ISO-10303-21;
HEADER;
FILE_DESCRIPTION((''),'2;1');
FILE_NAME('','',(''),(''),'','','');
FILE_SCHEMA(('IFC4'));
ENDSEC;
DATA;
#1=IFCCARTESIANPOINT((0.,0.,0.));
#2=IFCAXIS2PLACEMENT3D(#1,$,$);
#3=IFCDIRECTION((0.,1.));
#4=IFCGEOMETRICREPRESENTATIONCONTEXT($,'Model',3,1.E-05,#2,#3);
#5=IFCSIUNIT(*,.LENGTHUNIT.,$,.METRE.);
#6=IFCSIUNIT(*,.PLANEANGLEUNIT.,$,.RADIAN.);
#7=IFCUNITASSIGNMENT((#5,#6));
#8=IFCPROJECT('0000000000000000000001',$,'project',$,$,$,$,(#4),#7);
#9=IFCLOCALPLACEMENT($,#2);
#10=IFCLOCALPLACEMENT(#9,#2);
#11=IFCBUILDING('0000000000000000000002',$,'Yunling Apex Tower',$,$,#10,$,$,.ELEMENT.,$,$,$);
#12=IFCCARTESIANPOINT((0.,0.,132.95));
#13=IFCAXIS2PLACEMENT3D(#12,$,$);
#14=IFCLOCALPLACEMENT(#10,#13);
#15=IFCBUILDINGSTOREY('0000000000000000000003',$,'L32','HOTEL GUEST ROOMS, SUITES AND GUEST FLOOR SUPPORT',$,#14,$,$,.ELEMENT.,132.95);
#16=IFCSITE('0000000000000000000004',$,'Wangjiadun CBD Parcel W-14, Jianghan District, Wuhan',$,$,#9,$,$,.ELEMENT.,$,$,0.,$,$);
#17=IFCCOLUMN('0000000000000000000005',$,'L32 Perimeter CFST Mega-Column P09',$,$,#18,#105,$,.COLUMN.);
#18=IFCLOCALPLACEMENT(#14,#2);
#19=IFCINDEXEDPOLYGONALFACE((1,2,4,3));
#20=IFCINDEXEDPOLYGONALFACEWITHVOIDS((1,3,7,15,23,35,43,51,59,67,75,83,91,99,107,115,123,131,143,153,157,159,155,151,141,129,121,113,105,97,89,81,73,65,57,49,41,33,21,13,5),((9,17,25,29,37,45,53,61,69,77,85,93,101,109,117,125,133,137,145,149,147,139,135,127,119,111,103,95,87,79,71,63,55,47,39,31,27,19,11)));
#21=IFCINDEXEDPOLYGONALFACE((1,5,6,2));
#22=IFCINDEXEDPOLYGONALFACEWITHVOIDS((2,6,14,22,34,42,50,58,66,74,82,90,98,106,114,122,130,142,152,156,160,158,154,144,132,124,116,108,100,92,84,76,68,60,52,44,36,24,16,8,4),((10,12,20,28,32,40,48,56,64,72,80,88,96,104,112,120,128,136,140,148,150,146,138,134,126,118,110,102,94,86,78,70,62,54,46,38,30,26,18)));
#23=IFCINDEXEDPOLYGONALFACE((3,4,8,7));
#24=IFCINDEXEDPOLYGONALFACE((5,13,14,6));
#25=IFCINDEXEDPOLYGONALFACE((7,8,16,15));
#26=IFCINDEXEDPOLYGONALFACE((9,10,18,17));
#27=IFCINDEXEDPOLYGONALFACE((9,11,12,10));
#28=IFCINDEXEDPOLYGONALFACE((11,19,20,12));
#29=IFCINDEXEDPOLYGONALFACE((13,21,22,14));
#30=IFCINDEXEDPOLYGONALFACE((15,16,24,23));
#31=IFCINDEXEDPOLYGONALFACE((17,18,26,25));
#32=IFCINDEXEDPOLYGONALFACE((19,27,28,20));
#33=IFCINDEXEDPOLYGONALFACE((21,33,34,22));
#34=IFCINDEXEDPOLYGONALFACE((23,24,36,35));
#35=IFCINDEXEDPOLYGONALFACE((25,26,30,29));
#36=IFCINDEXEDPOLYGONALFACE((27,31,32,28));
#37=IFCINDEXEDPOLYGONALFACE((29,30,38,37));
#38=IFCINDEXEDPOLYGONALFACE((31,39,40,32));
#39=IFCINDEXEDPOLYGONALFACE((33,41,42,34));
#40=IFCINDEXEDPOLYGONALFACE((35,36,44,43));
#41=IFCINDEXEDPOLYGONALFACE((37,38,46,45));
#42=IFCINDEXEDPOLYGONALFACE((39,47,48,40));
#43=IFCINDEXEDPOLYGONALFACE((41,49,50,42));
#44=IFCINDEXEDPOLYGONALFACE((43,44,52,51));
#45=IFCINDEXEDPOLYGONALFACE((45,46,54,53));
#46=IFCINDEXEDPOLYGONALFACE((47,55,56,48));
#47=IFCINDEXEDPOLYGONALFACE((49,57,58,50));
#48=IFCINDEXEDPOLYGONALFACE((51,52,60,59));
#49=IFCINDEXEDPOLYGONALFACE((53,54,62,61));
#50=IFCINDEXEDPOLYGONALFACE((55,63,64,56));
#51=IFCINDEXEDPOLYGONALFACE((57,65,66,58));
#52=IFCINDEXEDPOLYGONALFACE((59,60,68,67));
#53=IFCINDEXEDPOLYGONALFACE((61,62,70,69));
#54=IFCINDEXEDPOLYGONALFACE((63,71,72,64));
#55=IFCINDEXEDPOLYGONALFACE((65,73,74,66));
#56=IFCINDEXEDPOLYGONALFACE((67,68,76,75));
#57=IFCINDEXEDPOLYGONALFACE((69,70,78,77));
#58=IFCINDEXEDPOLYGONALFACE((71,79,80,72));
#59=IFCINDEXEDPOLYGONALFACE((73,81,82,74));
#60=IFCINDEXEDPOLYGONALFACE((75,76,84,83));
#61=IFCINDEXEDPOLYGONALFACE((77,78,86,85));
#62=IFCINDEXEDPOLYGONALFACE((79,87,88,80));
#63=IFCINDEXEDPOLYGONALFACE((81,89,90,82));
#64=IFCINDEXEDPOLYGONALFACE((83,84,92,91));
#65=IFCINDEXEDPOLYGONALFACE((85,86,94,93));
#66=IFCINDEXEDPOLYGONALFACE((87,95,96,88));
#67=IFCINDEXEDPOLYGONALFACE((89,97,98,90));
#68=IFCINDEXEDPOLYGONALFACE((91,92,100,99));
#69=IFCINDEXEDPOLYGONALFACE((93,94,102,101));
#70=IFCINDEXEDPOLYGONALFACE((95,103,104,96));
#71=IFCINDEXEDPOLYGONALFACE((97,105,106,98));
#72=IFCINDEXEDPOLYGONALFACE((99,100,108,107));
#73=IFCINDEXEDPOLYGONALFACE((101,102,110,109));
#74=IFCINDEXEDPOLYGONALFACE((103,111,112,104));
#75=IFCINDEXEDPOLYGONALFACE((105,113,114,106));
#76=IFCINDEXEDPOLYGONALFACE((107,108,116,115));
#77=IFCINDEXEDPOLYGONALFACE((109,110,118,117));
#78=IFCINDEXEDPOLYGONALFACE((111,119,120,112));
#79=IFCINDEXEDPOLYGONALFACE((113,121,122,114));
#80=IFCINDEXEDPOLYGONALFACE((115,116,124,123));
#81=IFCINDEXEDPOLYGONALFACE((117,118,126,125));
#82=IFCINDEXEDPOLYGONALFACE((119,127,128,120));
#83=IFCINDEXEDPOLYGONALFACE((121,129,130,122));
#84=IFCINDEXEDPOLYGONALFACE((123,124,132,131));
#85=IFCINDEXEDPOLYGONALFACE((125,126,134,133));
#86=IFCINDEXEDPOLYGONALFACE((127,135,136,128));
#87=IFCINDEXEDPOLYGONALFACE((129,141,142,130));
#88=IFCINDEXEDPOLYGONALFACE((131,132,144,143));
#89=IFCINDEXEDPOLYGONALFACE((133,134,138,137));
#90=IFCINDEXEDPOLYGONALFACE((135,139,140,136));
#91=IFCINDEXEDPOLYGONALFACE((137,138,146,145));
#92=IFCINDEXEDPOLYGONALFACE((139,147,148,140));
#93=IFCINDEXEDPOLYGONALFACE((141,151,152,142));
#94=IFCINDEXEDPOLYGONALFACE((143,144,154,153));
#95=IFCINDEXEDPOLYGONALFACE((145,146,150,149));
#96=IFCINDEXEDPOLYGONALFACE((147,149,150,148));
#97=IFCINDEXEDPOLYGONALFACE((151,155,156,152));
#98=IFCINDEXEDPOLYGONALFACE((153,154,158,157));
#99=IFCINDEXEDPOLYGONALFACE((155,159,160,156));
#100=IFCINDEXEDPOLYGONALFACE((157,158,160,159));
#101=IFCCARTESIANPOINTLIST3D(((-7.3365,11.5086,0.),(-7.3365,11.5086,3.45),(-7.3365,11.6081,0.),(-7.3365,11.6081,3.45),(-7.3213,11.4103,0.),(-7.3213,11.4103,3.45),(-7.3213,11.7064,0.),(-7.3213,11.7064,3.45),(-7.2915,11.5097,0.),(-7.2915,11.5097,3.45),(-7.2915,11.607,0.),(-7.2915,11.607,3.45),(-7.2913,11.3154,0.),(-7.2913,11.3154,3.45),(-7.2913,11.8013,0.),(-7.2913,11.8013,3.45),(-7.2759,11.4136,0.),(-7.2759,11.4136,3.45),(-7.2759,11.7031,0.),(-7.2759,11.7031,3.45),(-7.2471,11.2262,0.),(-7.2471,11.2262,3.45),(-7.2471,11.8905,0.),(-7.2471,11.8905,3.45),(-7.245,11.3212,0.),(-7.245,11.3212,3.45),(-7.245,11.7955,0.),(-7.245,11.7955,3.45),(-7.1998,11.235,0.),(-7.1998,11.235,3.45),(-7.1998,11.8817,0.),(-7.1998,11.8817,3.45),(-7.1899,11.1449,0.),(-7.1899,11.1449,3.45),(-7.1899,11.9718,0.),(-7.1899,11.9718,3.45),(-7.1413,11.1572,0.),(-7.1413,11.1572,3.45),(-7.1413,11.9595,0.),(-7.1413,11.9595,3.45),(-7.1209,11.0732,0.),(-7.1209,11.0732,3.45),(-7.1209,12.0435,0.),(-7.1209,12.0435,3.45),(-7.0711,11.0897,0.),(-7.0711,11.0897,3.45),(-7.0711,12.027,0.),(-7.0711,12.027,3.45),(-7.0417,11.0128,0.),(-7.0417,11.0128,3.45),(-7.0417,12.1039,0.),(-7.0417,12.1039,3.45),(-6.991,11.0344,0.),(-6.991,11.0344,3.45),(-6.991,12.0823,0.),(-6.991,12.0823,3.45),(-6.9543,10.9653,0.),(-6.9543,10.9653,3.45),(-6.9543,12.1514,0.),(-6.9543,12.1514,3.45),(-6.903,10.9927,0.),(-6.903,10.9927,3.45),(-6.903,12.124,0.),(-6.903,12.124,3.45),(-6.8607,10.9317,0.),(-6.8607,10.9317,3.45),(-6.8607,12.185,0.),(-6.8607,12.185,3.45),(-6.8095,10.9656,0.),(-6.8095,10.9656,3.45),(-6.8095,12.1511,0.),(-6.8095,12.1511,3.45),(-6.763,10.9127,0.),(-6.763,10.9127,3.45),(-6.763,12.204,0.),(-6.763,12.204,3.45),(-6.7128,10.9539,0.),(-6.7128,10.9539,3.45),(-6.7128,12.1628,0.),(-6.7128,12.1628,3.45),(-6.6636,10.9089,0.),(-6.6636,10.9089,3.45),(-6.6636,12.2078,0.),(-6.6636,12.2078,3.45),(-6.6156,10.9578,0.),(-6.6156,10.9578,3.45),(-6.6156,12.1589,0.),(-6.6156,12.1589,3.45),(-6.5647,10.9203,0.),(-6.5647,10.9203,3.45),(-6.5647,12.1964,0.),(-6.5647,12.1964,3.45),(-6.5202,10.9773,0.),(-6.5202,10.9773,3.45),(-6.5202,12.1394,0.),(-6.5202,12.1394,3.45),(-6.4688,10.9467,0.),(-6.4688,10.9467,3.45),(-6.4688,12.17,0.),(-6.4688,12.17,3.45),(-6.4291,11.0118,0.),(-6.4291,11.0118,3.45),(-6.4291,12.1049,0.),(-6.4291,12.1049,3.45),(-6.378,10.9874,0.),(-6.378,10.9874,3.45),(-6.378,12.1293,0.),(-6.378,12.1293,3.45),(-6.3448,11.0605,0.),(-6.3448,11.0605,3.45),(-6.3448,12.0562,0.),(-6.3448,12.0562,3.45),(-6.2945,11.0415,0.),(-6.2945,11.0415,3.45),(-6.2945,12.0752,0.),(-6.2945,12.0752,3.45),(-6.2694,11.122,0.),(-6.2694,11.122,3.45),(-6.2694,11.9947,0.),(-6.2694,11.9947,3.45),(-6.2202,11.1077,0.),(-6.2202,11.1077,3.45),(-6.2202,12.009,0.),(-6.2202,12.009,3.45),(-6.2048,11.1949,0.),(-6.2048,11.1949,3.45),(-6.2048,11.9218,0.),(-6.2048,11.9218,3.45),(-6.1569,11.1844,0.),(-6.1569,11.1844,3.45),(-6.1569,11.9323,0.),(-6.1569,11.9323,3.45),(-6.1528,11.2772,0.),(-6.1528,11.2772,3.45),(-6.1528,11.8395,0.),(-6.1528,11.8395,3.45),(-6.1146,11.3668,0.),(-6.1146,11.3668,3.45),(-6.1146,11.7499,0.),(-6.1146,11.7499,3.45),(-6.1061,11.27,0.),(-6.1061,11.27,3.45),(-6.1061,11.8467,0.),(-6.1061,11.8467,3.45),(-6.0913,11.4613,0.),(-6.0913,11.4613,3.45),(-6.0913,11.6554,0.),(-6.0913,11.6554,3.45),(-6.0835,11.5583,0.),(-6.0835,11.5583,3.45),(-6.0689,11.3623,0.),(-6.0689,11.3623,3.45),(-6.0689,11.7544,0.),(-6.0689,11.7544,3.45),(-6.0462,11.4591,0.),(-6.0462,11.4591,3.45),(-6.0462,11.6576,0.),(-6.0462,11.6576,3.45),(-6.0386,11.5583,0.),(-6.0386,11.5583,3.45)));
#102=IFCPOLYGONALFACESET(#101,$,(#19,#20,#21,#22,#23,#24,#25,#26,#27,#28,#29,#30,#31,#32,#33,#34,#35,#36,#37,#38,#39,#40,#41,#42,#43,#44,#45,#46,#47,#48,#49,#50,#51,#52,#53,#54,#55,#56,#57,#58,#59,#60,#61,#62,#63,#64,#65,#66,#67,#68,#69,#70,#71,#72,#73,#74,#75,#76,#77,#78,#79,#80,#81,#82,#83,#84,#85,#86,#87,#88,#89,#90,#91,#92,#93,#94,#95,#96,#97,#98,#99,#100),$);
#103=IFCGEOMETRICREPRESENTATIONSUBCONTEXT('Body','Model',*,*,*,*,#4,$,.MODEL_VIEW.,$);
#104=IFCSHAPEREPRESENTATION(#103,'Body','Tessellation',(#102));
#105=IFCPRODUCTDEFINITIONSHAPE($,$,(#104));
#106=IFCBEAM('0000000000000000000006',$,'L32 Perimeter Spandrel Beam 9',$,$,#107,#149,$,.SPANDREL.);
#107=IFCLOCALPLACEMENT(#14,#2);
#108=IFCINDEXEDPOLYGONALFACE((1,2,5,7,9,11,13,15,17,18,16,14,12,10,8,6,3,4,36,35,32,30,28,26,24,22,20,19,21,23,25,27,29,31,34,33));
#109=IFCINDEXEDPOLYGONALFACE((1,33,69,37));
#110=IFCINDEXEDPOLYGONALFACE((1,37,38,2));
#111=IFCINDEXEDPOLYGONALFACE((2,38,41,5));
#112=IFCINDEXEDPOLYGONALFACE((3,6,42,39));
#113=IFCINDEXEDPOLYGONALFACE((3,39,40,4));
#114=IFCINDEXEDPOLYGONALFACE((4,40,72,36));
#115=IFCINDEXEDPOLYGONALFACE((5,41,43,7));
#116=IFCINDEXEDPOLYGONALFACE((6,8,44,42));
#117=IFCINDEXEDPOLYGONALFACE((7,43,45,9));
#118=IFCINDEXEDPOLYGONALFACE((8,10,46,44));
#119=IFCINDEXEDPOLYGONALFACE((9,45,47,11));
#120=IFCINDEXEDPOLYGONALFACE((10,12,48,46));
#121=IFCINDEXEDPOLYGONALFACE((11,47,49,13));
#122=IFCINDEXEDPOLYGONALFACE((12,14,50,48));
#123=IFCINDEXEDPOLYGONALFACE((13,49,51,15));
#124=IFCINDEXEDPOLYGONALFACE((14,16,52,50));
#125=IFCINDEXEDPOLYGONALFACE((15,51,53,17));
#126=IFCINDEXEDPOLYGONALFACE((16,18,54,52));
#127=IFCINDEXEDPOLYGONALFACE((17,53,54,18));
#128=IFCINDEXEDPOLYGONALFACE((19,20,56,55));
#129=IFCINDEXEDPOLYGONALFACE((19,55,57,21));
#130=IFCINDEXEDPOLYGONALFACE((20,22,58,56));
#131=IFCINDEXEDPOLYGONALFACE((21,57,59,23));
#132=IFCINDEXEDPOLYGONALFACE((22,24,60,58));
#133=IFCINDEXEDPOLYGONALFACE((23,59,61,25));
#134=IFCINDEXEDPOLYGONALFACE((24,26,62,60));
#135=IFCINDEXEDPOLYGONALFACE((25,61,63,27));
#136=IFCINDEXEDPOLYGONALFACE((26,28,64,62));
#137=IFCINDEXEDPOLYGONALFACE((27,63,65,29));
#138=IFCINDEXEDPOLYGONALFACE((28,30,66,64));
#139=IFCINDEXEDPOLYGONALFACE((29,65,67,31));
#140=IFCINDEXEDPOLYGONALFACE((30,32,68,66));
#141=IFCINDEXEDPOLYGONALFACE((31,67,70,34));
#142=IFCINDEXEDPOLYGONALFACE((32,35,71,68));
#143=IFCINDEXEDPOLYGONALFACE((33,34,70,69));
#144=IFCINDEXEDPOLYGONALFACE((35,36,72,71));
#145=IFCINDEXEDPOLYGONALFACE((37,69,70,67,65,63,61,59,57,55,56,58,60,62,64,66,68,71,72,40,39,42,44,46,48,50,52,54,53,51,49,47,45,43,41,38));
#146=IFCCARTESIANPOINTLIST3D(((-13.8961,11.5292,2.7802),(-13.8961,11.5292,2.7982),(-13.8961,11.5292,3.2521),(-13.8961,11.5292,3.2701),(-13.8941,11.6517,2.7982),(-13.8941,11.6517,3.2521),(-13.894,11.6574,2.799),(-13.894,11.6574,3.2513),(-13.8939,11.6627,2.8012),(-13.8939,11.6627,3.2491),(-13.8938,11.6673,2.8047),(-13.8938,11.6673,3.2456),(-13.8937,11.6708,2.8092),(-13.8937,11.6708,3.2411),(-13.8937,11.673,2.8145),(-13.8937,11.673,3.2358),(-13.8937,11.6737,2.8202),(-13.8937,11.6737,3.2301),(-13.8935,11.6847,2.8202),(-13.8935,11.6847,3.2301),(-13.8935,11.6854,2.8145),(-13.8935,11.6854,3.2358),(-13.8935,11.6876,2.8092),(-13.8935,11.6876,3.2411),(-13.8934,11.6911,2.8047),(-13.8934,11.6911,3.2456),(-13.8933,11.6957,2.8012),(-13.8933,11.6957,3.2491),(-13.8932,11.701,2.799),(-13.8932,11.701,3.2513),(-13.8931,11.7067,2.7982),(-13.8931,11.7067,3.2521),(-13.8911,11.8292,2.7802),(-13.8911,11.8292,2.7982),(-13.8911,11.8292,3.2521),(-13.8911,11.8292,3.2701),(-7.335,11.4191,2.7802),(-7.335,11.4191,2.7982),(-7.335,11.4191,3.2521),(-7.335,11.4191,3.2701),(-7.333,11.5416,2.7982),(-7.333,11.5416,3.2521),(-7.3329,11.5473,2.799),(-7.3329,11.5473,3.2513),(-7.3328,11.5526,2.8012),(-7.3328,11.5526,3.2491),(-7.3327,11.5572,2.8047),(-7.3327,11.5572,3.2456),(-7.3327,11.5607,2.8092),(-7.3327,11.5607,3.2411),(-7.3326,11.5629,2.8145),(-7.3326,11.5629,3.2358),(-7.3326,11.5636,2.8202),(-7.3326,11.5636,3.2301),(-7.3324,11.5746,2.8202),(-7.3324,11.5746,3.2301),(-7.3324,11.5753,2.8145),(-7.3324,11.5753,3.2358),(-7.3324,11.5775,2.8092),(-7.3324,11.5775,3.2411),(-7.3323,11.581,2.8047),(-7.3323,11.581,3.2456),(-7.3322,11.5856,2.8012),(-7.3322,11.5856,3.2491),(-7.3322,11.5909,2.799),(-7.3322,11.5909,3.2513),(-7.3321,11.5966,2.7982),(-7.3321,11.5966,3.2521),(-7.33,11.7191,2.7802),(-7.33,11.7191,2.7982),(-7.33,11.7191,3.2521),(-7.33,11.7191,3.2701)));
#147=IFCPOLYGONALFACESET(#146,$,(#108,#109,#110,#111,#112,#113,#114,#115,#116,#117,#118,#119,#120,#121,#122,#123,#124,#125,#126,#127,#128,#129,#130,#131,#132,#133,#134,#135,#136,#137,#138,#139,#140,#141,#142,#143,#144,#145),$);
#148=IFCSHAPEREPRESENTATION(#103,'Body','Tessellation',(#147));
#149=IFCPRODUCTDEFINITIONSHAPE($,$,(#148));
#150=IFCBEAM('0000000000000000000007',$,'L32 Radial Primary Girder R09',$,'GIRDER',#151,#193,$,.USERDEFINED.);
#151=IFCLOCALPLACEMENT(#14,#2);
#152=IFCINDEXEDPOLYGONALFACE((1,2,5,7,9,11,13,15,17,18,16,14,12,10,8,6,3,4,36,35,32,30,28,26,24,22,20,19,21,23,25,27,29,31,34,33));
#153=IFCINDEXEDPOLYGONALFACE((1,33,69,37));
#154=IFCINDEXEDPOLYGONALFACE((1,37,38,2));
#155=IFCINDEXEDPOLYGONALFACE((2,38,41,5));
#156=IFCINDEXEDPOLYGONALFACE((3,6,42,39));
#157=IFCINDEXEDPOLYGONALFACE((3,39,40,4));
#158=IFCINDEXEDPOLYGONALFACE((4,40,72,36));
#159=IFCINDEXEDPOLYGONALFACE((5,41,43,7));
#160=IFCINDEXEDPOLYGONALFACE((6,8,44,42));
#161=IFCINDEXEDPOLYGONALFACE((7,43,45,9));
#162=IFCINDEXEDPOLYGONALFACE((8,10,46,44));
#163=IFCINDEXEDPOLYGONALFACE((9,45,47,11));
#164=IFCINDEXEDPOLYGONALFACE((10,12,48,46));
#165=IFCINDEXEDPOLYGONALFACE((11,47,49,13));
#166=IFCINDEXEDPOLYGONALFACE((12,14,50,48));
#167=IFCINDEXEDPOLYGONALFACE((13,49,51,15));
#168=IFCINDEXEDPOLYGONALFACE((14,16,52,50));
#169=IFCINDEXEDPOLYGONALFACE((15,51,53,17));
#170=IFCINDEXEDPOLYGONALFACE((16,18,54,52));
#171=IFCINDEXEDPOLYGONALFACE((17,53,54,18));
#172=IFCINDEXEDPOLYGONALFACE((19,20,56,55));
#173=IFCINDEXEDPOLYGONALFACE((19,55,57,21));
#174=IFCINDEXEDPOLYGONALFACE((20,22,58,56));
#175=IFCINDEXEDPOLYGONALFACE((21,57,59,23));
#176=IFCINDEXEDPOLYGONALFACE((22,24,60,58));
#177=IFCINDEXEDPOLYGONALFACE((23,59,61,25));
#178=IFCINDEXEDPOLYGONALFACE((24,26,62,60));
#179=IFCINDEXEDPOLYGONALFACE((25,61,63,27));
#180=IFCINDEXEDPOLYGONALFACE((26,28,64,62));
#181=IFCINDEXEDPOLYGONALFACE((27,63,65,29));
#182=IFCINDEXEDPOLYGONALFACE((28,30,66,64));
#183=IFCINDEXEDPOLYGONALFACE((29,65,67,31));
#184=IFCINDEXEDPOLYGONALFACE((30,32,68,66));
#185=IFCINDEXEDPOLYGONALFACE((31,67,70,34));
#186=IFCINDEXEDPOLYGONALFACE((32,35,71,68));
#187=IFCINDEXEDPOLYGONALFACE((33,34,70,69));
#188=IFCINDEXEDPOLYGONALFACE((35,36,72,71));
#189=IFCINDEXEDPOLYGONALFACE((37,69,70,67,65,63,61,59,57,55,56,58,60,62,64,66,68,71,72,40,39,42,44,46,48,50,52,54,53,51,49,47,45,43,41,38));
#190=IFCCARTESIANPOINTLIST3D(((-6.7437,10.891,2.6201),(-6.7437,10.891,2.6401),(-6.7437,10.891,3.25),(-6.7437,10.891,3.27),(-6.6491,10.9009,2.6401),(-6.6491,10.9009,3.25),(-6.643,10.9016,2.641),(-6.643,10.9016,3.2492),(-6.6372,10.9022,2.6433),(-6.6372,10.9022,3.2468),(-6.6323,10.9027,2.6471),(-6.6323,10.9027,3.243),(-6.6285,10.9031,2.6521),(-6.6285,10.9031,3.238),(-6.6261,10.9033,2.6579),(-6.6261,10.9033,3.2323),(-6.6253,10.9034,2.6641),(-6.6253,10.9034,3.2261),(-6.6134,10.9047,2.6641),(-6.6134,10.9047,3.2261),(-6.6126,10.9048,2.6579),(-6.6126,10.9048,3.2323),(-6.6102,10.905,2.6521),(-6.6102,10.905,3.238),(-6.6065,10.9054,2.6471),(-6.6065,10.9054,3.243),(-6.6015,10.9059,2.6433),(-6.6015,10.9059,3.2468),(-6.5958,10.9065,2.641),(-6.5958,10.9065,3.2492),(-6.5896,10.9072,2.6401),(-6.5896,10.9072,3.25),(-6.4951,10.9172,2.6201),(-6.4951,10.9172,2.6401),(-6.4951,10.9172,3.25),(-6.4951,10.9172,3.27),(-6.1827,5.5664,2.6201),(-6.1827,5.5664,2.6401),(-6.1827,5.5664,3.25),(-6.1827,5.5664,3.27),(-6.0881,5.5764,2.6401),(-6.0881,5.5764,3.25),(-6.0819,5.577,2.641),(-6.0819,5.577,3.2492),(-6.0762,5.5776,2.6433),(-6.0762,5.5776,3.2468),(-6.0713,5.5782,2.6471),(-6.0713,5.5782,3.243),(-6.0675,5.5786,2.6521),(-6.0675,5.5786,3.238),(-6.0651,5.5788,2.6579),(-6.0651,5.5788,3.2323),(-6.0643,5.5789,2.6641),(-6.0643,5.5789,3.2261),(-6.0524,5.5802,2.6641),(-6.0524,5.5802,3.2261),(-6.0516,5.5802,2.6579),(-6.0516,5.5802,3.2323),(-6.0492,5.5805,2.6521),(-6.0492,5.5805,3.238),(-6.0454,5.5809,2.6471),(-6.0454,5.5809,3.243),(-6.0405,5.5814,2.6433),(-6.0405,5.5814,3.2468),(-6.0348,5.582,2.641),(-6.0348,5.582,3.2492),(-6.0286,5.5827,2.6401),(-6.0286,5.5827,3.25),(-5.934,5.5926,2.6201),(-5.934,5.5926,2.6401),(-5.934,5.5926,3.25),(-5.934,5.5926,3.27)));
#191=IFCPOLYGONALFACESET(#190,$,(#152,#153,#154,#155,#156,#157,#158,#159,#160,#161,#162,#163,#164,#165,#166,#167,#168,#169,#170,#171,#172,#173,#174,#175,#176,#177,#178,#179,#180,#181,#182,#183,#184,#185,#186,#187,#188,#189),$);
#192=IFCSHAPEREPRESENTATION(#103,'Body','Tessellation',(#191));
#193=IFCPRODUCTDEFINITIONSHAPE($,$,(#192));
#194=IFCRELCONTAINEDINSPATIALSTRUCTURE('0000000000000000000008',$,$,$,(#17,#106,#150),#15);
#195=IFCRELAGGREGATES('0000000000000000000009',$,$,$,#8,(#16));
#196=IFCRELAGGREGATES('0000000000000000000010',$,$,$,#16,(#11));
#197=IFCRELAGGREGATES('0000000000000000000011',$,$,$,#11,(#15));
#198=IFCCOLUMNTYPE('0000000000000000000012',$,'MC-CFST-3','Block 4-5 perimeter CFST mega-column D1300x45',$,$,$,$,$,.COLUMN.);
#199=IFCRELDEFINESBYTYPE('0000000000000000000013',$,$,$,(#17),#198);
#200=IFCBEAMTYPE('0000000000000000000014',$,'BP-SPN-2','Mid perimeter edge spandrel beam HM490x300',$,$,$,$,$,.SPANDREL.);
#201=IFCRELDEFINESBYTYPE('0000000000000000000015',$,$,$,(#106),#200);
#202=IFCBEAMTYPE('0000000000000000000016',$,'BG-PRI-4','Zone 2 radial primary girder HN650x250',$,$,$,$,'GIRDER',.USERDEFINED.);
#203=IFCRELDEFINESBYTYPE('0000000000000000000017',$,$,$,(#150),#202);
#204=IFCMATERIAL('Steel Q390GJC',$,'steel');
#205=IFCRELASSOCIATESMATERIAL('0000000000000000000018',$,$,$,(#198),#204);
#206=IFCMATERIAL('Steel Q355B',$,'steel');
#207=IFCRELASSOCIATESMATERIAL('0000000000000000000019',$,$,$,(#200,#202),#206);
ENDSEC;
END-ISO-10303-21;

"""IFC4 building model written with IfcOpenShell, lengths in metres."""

from ifc_helpers import new_model, si_unit, direction, frame, origin, origin_2d, place, context, subcontext, project, spatial, hollow_circle, i_section, extrude, source, transform, mapped, material, material_profile, profile_set, type_object, element, save


model = new_model("IFC4")

# Units and contexts
model_context = context("Model", 3, precision=1e-05, world=origin(), true_north=direction((0.0, 1.0)))
body_context = subcontext(model_context, "Body", "Model", "MODEL_VIEW")
ifc_project = project(units=[si_unit("LENGTHUNIT", "METRE"), si_unit("PLANEANGLEUNIT", "RADIAN")], contexts=[model_context])

# Site, building, storey
site_placement = place(None, origin())
site = spatial("IfcSite", under=ifc_project, at=site_placement, Name="Wangjiadun CBD Parcel W-14, Jianghan District, Wuhan", CompositionType="ELEMENT", RefElevation=0.0)
building_placement = place(site_placement, origin())
building = spatial("IfcBuilding", under=site, at=building_placement, Name="Yunling Apex Tower", CompositionType="ELEMENT")
storey_placement = place(building_placement, frame((0.0, 0.0, 132.95)))
storey = spatial("IfcBuildingStorey", under=building, at=storey_placement, Name="L32", Description="HOTEL GUEST ROOMS, SUITES AND GUEST FLOOR SUPPORT", CompositionType="ELEMENT", Elevation=132.95)

# Column
ifc_material_1 = material(Name="Steel Q390GJC", Category="steel")
ifc_material_profile_1 = material_profile(ifc_material_1, hollow_circle(Radius=0.6499, WallThickness=0.0449, at=origin_2d()))
ifc_profile_set_1 = profile_set([ifc_material_profile_1], Name="Steel Q390GJC")
column_type = type_object("IfcColumnType", Name="MC-CFST-3", Description="Block 4-5 perimeter CFST mega-column D1300x45", PredefinedType="COLUMN", material=ifc_profile_set_1)
shared_shape_1 = source(origin(), body_context, "Body", "SweptSolid", [
    extrude(hollow_circle(Radius=0.6499, WallThickness=0.0449, at=origin_2d()), origin(), (0.0, 0.0, 1.0), 3.45),
])
column_placement = place(storey_placement, frame((-6.6885, 11.5583, 0.0), z_axis=(0.0, 0.0, 1.0), x_axis=(1.0, 0.0, 0.0)))
element("IfcColumn", 1, at=column_placement, inside=storey, type_object=column_type, Name="L32 Perimeter CFST Mega-Column P09", PredefinedType="COLUMN", context=body_context, shape_type="MappedRepresentation", body=[
    mapped(shared_shape_1, transform((0.0, 0.0, 0.0), scale=1.0)),
])

# Beams
ifc_material_2 = material(Name="Steel Q355B", Category="steel")
ifc_material_profile_2 = material_profile(ifc_material_2, i_section(OverallWidth=0.3, OverallDepth=0.49, WebThickness=0.011, FlangeThickness=0.0181, FilletRadius=0.022, at=origin_2d()))
ifc_profile_set_2 = profile_set([ifc_material_profile_2], Name="Steel Q355B")
beam_type_1 = type_object("IfcBeamType", Name="BP-SPN-2", Description="Mid perimeter edge spandrel beam HM490x300", PredefinedType="SPANDREL", material=ifc_profile_set_2)
shared_shape_2 = source(origin(), body_context, "Body", "SweptSolid", [
    extrude(i_section(OverallWidth=0.3, OverallDepth=0.49, WebThickness=0.011, FlangeThickness=0.0181, FilletRadius=0.022, at=origin_2d()), origin(), (0.0, 0.0, 1.0), 6.562),
])
beam_1_placement = place(storey_placement, frame((-7.3325, 11.5691, 3.0251), z_axis=(-0.999859, 0.01678, 0.0), x_axis=(-0.01678, -0.999859, 0.0)))
element("IfcBeam", 2, at=beam_1_placement, inside=storey, type_object=beam_type_1, Name="L32 Perimeter Spandrel Beam 9", PredefinedType="SPANDREL", context=body_context, shape_type="MappedRepresentation", body=[
    mapped(shared_shape_2, transform((0.0, 0.0, 0.0), scale=1.0)),
])
ifc_material_profile_3 = material_profile(ifc_material_2, i_section(OverallWidth=0.25, OverallDepth=0.6499, WebThickness=0.012, FlangeThickness=0.02, FilletRadius=0.0239, at=origin_2d()))
ifc_profile_set_3 = profile_set([ifc_material_profile_3], Name="Steel Q355B")
beam_type_2 = type_object("IfcBeamType", Name="BG-PRI-4", Description="Zone 2 radial primary girder HN650x250", ElementType="GIRDER", PredefinedType="USERDEFINED", material=ifc_profile_set_3)
shared_shape_3 = source(origin(), body_context, "Body", "SweptSolid", [
    extrude(i_section(OverallWidth=0.25, OverallDepth=0.6499, WebThickness=0.012, FlangeThickness=0.02, FilletRadius=0.0239, at=origin_2d()), origin(), (0.0, 0.0, 1.0), 5.354),
])
beam_2_placement = place(storey_placement, frame((-6.6194, 10.9041, 2.9451), z_axis=(0.104789, -0.994494, 0.0), x_axis=(0.994494, 0.104789, 0.0)))
element("IfcBeam", 3, at=beam_2_placement, inside=storey, type_object=beam_type_2, Name="L32 Radial Primary Girder R09", ObjectType="GIRDER", PredefinedType="USERDEFINED", context=body_context, shape_type="MappedRepresentation", body=[
    mapped(shared_shape_3, transform((0.0, 0.0, 0.0), scale=1.0)),
])

save(model, "model.ifc")
